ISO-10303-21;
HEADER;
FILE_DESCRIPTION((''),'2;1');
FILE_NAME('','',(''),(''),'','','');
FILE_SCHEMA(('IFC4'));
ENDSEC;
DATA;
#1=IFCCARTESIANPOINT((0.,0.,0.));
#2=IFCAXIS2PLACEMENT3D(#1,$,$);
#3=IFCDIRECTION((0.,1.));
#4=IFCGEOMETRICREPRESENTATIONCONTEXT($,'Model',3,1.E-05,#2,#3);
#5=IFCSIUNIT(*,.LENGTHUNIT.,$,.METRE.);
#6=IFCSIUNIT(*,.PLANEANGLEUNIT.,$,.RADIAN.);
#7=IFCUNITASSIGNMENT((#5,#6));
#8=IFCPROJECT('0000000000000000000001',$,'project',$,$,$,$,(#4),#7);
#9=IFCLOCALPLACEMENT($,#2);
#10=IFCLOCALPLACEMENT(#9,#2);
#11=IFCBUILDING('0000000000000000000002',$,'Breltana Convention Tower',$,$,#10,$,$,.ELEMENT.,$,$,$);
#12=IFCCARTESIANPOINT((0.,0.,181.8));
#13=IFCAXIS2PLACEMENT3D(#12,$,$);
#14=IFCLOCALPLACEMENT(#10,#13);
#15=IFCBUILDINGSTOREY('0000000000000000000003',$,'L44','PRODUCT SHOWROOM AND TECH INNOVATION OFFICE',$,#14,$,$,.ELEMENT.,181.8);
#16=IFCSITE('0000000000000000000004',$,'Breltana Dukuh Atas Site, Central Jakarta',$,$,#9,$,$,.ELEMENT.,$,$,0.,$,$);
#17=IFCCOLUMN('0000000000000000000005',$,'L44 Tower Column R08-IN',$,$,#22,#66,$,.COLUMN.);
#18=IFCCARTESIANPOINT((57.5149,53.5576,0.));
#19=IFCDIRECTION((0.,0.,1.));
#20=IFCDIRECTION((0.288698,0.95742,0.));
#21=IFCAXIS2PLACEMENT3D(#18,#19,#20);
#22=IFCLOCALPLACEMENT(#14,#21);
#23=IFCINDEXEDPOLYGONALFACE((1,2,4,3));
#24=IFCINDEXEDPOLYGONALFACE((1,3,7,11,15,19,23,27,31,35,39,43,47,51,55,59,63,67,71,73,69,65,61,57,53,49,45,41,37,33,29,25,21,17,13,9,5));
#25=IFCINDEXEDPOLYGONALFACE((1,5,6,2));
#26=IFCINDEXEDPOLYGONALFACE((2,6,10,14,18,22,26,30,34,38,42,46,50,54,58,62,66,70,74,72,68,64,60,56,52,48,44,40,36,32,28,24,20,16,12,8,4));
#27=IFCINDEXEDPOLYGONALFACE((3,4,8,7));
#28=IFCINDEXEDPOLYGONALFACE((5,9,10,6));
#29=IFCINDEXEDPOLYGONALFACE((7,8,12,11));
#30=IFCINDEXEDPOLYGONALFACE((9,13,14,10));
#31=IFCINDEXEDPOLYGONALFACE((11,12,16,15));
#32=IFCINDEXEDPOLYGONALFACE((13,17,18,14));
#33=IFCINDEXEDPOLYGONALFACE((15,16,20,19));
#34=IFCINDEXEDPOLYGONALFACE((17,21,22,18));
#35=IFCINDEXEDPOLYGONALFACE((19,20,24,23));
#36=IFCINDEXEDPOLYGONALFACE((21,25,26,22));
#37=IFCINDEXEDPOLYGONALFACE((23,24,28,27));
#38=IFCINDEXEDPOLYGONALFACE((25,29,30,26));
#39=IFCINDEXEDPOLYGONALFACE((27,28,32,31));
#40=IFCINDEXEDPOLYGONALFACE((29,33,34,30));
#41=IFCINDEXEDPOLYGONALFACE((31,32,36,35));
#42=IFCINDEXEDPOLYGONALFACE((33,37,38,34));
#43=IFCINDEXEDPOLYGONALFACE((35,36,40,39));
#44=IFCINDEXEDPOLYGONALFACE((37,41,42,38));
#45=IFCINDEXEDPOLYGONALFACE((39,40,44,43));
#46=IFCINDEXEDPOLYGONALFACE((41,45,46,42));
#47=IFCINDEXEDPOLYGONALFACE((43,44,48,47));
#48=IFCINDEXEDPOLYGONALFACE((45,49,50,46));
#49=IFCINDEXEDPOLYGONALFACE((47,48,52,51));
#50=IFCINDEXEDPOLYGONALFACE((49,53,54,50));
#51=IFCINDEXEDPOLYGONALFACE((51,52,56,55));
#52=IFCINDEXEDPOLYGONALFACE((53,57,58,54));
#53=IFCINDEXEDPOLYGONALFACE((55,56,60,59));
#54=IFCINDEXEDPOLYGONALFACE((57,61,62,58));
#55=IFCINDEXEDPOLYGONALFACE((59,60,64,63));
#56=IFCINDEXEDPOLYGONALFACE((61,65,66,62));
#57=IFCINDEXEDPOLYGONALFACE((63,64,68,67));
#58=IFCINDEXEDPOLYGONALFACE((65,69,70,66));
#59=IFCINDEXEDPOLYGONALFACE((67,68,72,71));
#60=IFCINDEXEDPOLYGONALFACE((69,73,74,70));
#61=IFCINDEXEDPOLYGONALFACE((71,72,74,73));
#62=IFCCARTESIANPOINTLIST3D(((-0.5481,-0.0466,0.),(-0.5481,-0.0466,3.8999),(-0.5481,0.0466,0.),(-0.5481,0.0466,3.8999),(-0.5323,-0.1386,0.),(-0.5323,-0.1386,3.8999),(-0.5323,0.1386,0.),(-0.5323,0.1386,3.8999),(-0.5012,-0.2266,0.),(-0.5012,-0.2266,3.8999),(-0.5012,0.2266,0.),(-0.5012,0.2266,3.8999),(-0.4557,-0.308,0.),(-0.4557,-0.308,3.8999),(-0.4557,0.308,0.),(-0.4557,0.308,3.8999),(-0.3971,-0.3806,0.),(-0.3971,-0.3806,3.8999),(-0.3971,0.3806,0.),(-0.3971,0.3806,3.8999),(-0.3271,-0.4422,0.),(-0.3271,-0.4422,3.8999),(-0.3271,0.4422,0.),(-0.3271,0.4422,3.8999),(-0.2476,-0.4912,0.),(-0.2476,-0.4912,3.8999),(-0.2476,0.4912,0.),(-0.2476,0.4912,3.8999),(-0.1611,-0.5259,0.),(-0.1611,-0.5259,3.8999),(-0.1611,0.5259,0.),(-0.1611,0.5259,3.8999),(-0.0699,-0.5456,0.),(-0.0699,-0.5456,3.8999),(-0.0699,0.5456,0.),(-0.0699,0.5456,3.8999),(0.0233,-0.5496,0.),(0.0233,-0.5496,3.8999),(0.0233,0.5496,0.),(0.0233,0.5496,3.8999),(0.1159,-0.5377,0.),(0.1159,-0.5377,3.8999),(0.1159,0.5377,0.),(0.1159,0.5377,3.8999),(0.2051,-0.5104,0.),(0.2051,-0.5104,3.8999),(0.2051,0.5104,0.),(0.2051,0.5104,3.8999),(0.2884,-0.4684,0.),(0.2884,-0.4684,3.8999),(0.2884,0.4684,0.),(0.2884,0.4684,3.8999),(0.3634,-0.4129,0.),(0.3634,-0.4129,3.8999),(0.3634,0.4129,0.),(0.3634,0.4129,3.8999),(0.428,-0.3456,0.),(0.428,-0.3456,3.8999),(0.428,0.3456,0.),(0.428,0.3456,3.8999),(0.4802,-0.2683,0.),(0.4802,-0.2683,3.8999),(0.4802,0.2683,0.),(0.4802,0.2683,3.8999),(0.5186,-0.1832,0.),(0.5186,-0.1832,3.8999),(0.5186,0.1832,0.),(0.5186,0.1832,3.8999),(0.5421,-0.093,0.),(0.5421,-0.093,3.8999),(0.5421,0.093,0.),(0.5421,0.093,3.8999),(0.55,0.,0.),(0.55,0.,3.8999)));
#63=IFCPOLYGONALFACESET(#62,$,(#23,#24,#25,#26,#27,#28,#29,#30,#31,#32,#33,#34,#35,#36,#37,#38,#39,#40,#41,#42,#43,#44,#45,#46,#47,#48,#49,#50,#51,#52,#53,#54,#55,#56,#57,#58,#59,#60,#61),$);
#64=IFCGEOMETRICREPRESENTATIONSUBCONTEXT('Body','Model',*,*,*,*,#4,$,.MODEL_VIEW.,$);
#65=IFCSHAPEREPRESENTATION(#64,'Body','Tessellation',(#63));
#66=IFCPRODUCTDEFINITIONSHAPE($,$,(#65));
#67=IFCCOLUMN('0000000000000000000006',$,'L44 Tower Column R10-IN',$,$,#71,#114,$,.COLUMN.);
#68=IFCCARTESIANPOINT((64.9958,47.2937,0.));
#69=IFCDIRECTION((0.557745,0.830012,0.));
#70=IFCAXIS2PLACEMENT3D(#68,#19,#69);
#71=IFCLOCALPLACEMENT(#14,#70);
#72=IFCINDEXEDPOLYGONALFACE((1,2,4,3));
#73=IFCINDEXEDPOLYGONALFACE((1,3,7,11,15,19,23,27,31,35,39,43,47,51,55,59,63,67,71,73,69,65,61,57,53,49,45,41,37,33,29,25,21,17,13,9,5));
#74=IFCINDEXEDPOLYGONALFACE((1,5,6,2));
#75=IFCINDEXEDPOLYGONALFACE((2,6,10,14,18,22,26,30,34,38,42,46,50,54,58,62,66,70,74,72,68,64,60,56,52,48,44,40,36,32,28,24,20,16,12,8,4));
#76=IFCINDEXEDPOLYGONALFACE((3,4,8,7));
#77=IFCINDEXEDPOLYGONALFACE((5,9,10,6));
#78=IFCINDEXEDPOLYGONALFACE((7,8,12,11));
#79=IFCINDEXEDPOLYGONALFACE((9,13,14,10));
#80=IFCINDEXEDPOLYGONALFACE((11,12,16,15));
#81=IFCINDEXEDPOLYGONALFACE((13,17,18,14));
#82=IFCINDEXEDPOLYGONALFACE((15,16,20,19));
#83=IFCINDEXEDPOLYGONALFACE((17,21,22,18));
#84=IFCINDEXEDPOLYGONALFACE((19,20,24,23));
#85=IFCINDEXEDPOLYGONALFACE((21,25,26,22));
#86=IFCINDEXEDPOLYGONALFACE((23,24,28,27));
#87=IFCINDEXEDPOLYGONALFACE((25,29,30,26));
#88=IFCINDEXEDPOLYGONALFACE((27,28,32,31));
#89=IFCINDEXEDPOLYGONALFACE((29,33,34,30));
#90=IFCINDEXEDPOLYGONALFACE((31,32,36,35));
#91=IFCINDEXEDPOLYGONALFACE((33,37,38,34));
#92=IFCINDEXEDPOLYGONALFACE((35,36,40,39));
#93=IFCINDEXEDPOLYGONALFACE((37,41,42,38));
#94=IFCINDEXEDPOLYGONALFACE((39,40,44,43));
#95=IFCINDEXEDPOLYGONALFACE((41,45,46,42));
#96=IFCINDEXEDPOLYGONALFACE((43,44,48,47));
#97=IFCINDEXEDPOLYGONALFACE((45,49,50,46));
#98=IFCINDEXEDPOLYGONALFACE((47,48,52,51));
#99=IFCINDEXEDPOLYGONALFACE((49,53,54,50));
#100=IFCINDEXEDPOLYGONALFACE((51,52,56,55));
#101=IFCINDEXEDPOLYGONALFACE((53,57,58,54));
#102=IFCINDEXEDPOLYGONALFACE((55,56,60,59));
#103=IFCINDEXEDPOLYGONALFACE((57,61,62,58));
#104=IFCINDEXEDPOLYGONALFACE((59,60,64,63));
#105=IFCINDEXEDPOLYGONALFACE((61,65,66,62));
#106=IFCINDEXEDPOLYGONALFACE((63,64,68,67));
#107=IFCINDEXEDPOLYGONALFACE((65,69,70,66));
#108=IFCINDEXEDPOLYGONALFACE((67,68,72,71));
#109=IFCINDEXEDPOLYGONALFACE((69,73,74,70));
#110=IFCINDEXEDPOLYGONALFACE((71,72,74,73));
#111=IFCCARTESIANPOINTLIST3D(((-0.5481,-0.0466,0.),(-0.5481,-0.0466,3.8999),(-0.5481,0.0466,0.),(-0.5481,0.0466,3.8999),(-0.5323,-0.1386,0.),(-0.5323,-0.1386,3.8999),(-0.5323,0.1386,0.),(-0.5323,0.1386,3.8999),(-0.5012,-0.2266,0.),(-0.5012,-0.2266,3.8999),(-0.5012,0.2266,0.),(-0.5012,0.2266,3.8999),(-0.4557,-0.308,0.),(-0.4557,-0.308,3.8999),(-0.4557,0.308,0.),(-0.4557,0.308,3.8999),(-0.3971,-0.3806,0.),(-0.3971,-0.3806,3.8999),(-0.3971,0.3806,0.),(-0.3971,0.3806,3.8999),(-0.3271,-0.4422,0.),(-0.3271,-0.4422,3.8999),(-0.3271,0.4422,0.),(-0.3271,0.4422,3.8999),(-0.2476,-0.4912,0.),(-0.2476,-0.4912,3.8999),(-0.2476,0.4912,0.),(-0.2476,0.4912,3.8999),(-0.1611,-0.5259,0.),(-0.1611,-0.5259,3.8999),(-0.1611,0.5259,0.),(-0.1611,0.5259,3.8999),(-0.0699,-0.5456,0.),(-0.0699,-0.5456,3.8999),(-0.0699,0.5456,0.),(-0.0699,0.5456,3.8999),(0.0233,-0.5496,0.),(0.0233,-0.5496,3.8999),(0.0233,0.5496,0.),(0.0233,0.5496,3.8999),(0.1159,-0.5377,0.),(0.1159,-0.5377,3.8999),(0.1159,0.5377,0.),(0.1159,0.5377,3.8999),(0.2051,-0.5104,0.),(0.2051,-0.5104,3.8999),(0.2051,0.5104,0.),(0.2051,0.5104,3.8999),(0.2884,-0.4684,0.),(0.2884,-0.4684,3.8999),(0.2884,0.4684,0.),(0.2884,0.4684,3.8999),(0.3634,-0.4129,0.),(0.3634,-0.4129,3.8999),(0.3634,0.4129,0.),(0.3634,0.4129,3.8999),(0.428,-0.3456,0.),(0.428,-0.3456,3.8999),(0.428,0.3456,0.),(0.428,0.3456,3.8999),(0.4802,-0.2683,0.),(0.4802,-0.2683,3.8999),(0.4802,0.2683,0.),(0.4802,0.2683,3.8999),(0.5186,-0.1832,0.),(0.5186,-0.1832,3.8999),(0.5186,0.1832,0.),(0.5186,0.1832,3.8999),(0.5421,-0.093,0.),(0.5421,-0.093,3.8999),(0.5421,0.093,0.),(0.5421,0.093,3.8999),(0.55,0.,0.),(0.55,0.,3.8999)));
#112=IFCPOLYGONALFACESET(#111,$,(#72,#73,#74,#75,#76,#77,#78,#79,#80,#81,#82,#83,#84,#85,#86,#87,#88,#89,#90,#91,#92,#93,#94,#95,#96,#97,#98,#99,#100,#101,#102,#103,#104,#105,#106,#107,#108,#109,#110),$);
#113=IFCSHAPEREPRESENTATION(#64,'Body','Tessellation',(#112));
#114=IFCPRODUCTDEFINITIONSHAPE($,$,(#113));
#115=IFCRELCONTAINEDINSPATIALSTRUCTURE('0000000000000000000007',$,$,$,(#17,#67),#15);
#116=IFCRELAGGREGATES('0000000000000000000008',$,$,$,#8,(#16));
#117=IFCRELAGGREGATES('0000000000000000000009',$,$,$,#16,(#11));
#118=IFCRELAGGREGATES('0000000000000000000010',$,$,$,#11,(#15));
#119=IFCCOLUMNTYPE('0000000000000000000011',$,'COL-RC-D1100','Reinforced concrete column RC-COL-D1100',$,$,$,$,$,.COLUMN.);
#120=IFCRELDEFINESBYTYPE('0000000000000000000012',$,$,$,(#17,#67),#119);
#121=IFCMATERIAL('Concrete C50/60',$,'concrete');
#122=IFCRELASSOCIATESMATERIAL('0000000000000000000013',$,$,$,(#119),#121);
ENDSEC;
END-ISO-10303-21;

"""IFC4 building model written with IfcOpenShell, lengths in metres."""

from ifc_helpers import new_model, si_unit, direction, frame, origin, origin_2d, place, context, subcontext, project, spatial, circle, extrude, source, transform, mapped, material, material_profile, profile_set, type_object, element, save


model = new_model("IFC4")

# Units and contexts
model_context = context("Model", 3, precision=1e-05, world=origin(), true_north=direction((0.0, 1.0)))
body_context = subcontext(model_context, "Body", "Model", "MODEL_VIEW")
ifc_project = project(units=[si_unit("LENGTHUNIT", "METRE"), si_unit("PLANEANGLEUNIT", "RADIAN")], contexts=[model_context])

# Site, building, storey
site_placement = place(None, origin())
site = spatial("IfcSite", under=ifc_project, at=site_placement, Name="Breltana Dukuh Atas Site, Central Jakarta", CompositionType="ELEMENT", RefElevation=0.0)
building_placement = place(site_placement, origin())
building = spatial("IfcBuilding", under=site, at=building_placement, Name="Breltana Convention Tower", CompositionType="ELEMENT")
storey_placement = place(building_placement, frame((0.0, 0.0, 181.8)))
storey = spatial("IfcBuildingStorey", under=building, at=storey_placement, Name="L44", Description="PRODUCT SHOWROOM AND TECH INNOVATION OFFICE", CompositionType="ELEMENT", Elevation=181.8)

# Columns
ifc_material_1 = material(Name="Concrete C50/60", Category="concrete")
ifc_material_profile_1 = material_profile(ifc_material_1, circle(Radius=0.55, at=origin_2d()), Name="RC-COL-D1100")
ifc_profile_set_1 = profile_set([ifc_material_profile_1], Name="Concrete C50/60")
column_type = type_object("IfcColumnType", Name="COL-RC-D1100", Description="Reinforced concrete column RC-COL-D1100", PredefinedType="COLUMN", material=ifc_profile_set_1)
shared_shape_1 = source(origin(), body_context, "Body", "SweptSolid", [
    extrude(circle(Radius=0.55, at=origin_2d()), origin(), (0.0, 0.0, 1.0), 3.8999),
])
for number, where, z_axis, x_axis, name in (
    (1, (57.5149, 53.5576, 0.0), (0.0, 0.0, 1.0), (0.288698, 0.95742, 0.0), "L44 Tower Column R08-IN"),
    (2, (64.9958, 47.2937, 0.0), (0.0, 0.0, 1.0), (0.557745, 0.830012, 0.0), "L44 Tower Column R10-IN"),
):
    element("IfcColumn", number, at=place(storey_placement, frame(where, z_axis=z_axis, x_axis=x_axis)), inside=storey, type_object=column_type, Name=name, PredefinedType="COLUMN", context=body_context, shape_type="MappedRepresentation", body=[
        mapped(shared_shape_1, transform((0.0, 0.0, 0.0), scale=1.0)),
    ])

save(model, "model.ifc")
